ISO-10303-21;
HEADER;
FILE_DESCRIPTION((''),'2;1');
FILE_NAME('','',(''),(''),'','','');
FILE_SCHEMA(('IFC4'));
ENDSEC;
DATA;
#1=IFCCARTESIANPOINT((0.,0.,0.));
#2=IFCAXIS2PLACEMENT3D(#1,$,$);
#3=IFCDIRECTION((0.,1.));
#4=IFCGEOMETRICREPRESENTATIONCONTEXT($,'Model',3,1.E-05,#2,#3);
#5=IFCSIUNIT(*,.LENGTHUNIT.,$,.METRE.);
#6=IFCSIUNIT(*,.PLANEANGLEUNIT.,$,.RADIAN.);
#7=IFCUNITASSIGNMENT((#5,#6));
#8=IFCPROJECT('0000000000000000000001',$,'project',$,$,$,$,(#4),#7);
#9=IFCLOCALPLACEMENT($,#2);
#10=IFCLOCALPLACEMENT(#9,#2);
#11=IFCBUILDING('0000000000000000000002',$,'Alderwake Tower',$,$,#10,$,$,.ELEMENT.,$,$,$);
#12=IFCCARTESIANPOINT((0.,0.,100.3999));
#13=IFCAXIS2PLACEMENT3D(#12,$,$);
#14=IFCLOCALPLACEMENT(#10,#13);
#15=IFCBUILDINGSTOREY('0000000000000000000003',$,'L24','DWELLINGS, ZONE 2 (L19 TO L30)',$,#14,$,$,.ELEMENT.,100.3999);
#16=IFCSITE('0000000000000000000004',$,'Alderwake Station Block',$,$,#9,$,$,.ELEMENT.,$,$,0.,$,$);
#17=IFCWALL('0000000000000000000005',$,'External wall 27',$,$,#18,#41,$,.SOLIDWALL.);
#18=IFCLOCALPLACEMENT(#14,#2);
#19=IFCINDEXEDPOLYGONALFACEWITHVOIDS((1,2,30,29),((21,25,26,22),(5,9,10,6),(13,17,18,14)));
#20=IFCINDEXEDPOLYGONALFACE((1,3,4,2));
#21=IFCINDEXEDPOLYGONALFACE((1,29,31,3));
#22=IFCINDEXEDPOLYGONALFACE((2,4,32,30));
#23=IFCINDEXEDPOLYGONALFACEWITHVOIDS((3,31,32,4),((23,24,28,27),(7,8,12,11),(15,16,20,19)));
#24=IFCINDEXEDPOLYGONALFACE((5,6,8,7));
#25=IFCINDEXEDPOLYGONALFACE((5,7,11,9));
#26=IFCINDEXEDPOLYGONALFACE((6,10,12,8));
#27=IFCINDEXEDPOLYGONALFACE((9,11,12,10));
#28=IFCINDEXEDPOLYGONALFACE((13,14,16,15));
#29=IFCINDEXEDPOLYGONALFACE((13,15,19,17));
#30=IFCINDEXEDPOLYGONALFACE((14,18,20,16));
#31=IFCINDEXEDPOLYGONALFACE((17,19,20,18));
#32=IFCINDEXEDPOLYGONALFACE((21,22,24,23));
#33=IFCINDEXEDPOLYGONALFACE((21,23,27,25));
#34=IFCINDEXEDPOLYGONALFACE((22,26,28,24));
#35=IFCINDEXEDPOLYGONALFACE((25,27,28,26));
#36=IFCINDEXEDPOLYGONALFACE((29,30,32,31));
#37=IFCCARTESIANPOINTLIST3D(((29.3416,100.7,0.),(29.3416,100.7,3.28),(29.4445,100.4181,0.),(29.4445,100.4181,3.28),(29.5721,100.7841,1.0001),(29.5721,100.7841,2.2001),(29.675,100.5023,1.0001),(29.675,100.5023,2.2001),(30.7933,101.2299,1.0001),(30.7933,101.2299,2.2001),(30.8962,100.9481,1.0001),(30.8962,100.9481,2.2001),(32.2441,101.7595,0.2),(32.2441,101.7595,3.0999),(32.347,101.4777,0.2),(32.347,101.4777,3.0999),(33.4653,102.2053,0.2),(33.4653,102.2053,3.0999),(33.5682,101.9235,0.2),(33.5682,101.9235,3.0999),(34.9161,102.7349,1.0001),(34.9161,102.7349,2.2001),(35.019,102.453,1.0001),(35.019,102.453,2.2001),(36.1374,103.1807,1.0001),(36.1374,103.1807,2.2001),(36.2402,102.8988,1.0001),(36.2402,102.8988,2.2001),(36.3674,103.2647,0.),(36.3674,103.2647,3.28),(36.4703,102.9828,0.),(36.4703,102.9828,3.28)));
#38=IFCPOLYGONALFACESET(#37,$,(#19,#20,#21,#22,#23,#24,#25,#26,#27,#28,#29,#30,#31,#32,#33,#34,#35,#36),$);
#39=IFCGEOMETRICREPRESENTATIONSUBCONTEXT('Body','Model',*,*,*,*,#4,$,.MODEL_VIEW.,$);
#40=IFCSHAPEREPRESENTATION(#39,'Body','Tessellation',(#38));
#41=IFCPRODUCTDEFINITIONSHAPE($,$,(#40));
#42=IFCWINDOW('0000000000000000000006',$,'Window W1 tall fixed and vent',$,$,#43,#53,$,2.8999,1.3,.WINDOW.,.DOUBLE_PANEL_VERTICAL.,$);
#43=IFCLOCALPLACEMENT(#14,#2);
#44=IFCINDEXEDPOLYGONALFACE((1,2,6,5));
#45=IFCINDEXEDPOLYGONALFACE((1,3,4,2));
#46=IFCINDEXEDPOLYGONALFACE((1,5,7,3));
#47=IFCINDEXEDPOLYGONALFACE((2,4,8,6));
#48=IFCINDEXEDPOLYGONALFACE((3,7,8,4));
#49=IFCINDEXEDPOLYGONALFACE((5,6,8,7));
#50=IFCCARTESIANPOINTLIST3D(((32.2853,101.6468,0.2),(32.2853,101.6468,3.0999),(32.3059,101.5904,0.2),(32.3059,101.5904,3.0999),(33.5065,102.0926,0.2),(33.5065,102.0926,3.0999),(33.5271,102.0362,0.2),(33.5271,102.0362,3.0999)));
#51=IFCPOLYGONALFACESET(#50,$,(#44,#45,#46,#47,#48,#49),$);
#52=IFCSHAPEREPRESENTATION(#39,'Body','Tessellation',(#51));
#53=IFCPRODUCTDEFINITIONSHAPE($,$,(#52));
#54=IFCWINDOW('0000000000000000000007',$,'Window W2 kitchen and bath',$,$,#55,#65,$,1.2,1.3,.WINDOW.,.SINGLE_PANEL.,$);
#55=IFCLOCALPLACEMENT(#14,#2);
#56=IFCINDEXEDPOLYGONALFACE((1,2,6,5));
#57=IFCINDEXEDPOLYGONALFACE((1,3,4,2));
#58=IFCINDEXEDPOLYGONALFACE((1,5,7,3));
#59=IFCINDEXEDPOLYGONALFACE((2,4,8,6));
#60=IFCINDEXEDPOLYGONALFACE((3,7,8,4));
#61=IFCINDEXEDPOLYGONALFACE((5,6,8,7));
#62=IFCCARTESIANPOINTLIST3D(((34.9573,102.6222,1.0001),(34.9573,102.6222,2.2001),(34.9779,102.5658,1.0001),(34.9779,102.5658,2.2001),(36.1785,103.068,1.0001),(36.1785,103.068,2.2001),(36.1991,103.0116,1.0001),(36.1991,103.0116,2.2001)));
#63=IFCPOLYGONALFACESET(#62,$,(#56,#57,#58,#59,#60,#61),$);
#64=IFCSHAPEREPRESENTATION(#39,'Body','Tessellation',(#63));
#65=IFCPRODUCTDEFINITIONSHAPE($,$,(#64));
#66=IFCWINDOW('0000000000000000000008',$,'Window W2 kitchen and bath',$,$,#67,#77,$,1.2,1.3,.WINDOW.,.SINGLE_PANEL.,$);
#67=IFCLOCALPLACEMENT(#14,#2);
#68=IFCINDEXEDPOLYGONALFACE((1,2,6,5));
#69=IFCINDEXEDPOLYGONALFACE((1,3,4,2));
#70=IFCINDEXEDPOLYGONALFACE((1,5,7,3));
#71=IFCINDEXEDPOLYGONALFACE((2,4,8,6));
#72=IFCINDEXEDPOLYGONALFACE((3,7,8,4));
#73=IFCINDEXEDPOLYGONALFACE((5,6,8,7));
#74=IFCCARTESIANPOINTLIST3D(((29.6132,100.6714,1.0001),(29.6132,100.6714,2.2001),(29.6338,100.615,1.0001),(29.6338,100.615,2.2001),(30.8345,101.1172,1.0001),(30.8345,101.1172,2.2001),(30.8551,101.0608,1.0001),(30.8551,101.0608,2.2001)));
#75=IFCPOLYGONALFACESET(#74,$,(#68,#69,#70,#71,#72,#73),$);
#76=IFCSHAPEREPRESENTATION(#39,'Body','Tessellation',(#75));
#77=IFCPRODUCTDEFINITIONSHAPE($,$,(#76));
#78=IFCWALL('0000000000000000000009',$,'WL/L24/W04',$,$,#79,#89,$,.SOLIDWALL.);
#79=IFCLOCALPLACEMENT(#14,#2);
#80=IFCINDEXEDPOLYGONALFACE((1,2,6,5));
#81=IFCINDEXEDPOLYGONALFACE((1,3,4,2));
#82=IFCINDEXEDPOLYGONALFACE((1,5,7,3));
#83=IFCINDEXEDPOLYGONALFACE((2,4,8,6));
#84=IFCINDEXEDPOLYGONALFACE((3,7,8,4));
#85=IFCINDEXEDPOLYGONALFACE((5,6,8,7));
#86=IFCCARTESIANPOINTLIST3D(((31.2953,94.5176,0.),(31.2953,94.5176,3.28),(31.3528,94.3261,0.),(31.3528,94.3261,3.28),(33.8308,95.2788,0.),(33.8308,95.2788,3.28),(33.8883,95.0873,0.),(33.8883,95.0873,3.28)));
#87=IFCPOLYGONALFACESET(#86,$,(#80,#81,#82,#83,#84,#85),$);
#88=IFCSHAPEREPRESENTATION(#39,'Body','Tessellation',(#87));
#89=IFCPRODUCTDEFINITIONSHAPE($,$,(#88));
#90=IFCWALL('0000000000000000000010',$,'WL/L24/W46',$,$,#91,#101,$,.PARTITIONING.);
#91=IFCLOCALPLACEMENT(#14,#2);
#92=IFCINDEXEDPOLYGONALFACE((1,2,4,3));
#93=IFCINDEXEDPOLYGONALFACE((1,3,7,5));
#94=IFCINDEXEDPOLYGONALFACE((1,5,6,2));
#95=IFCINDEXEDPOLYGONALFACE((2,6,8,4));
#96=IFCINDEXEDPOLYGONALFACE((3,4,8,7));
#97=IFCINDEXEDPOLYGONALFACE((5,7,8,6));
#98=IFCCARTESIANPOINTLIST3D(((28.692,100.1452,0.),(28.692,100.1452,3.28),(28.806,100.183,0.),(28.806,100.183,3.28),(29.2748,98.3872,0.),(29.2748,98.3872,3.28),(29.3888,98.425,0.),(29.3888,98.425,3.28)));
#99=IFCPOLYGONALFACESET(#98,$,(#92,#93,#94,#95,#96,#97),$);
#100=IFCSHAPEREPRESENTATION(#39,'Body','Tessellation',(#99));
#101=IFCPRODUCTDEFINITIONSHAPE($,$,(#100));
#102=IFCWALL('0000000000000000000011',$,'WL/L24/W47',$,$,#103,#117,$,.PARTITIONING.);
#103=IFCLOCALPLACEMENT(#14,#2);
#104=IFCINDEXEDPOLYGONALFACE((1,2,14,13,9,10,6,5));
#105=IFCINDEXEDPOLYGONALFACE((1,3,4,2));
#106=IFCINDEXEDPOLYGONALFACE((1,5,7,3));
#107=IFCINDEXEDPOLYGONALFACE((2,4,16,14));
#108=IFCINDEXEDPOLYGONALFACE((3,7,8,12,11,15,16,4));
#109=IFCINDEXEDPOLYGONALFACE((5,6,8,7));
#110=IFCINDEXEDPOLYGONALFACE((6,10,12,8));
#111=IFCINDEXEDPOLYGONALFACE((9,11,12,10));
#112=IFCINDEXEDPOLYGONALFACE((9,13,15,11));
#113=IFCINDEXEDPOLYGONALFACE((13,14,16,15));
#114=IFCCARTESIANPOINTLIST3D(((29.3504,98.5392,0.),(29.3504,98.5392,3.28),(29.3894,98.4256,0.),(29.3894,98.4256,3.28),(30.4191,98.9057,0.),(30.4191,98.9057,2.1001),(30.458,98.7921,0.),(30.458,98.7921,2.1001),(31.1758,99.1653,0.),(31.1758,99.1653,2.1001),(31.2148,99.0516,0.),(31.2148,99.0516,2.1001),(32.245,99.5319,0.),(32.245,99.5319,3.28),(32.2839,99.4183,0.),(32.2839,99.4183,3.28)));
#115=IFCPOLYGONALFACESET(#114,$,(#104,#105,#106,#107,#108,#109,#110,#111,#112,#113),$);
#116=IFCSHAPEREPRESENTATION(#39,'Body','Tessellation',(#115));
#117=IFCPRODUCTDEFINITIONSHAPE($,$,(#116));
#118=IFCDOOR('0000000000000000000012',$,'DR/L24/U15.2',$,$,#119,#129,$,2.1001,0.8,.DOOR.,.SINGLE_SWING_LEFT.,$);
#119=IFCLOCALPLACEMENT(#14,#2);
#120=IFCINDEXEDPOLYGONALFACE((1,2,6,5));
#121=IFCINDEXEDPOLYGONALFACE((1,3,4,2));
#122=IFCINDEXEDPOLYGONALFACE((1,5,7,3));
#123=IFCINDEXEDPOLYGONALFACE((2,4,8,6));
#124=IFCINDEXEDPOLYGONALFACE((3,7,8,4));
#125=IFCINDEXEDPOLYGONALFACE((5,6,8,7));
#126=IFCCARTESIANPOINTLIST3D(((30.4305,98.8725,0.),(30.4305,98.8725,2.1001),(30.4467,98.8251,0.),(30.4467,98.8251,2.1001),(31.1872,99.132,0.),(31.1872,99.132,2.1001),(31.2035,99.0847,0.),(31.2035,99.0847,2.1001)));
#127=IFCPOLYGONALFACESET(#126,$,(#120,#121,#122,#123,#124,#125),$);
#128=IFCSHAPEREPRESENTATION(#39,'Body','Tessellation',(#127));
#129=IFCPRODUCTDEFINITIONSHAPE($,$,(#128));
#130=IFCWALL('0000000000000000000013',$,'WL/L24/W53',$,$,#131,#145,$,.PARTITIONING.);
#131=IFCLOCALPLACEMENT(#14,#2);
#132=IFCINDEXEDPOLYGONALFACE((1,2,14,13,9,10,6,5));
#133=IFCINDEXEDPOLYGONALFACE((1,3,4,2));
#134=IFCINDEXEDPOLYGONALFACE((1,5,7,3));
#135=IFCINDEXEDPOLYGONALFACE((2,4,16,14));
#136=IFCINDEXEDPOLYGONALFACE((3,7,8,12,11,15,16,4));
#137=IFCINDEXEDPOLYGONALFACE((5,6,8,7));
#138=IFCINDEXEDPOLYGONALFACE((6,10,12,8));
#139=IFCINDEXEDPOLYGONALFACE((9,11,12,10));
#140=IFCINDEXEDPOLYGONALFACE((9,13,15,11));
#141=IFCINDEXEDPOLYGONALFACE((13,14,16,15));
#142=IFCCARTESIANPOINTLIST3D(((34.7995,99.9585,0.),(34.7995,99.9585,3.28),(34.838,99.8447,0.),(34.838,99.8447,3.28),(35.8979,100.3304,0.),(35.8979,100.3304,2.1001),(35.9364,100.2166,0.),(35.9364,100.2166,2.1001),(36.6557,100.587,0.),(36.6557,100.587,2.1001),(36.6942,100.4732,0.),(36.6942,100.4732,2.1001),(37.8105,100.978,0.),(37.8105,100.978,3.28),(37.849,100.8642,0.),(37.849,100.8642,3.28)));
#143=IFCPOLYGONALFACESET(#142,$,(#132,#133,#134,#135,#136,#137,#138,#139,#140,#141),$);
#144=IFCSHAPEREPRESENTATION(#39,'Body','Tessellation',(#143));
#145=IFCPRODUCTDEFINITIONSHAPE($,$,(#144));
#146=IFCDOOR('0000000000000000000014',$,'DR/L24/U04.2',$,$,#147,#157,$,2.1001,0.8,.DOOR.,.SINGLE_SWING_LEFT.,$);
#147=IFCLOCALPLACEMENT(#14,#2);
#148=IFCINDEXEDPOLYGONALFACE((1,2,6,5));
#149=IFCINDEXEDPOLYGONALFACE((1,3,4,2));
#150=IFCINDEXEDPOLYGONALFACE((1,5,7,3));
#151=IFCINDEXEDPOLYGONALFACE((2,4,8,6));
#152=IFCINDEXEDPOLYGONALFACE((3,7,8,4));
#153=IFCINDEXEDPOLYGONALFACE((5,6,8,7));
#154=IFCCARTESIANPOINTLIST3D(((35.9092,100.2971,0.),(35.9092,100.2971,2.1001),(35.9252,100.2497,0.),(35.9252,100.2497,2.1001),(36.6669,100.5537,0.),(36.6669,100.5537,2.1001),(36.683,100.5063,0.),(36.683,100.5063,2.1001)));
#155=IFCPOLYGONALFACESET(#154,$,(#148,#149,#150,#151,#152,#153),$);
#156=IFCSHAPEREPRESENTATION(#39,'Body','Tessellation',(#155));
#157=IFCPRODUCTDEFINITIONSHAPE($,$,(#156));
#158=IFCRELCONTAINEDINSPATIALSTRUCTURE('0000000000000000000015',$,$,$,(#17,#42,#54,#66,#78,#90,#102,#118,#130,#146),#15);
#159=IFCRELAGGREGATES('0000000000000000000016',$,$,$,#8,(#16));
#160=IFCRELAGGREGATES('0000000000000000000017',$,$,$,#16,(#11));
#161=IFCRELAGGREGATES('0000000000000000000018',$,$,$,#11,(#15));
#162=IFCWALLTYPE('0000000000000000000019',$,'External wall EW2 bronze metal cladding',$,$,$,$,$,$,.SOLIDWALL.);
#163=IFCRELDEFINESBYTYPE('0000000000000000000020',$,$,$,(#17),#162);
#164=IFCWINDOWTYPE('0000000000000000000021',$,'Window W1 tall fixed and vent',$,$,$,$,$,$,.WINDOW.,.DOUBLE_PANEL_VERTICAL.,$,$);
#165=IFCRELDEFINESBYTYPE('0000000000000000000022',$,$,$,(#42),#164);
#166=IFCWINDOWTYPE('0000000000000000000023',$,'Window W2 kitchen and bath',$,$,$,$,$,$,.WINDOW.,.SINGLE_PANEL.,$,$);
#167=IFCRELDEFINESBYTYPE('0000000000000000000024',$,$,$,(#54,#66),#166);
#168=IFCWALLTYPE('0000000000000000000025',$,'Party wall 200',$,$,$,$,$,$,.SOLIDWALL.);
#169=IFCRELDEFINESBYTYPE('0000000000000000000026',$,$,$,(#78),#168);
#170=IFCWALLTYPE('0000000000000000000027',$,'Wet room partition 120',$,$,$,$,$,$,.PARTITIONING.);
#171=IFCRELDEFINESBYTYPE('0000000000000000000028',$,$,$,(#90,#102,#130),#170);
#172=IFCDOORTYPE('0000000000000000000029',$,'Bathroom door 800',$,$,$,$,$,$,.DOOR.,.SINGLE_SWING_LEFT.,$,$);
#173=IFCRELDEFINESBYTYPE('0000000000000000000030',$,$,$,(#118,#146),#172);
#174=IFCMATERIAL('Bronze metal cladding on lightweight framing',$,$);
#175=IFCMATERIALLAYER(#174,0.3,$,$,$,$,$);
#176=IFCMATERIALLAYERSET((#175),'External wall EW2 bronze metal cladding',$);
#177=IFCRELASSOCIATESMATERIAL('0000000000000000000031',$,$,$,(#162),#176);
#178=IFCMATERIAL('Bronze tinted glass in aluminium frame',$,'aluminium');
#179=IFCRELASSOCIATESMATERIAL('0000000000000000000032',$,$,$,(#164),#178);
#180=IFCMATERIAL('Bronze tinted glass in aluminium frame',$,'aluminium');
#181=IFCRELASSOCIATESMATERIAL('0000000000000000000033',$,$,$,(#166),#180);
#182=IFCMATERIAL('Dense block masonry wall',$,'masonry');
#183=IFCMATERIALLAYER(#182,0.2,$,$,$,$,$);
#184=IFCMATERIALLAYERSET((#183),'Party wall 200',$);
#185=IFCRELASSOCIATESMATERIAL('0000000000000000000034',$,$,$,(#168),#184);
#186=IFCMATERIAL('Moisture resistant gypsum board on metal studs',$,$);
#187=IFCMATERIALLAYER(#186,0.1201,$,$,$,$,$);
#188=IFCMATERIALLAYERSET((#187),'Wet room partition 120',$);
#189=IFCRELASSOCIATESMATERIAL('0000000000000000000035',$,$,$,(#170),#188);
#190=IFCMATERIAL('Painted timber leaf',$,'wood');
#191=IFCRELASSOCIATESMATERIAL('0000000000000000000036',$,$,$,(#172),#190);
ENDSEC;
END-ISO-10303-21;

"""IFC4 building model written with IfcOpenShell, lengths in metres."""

from ifc_helpers import new_model, si_unit, direction, frame, frame_2d, origin, place, context, subcontext, project, spatial, rectangle, extrude, material, layer, layer_set, type_object, element, fill, save


model = new_model("IFC4")

# Units and contexts
model_context = context("Model", 3, precision=1e-05, world=origin(), true_north=direction((0.0, 1.0)))
body_context = subcontext(model_context, "Body", "Model", "MODEL_VIEW")
ifc_project = project(units=[si_unit("LENGTHUNIT", "METRE"), si_unit("PLANEANGLEUNIT", "RADIAN")], contexts=[model_context])

# Site, building, storey
site_placement = place(None, origin())
site = spatial("IfcSite", under=ifc_project, at=site_placement, Name="Alderwake Station Block", CompositionType="ELEMENT", RefElevation=0.0)
building_placement = place(site_placement, origin())
building = spatial("IfcBuilding", under=site, at=building_placement, Name="Alderwake Tower", CompositionType="ELEMENT")
storey_placement = place(building_placement, frame((0.0, 0.0, 100.3999)))
storey = spatial("IfcBuildingStorey", under=building, at=storey_placement, Name="L24", Description="DWELLINGS, ZONE 2 (L19 TO L30)", CompositionType="ELEMENT", Elevation=100.3999)

# Wall, openings, windows
ifc_material_1 = material(Name="Bronze metal cladding on lightweight framing")
ifc_layer_1 = layer(ifc_material_1, 0.3)
ifc_layer_set_1 = layer_set([ifc_layer_1], Name="External wall EW2 bronze metal cladding")
wall_type_1 = type_object("IfcWallType", Name="External wall EW2 bronze metal cladding", PredefinedType="SOLIDWALL", material=ifc_layer_set_1)
wall_1_placement = place(storey_placement, frame((36.4189, 103.1238, 0.0), z_axis=(0.0, 0.0, 1.0), x_axis=(-0.939371, -0.342904, 0.0)))
wall_1 = element("IfcWall", 1, at=wall_1_placement, inside=storey, type_object=wall_type_1, Name="External wall 27", PredefinedType="SOLIDWALL", context=body_context, shape_type="SweptSolid", body=[
    extrude(rectangle(XDim=7.4792, YDim=0.3, at=frame_2d((3.7397, 0.0))), origin(), (0.0, 0.0, 1.0), 3.28),
])
opening_1_placement = place(wall_1_placement, frame((0.2451, 0.0, 1.0)))
opening_1 = element("IfcOpeningElement", 2, at=opening_1_placement, cuts=wall_1, PredefinedType="OPENING", context=body_context, shape_type="SweptSolid", body=[
    extrude(rectangle(XDim=1.3, YDim=1.2, at=frame_2d((0.6499, 0.6001))), frame((0.0, 0.1599, 0.0), z_axis=(0.0, -1.0, 0.0), x_axis=(1.0, 0.0, 0.0)), (0.0, 0.0, 1.0), 0.3201),
])
opening_2_placement = place(wall_1_placement, frame((3.0896, 0.0, 0.2)))
opening_2 = element("IfcOpeningElement", 3, at=opening_2_placement, cuts=wall_1, PredefinedType="OPENING", context=body_context, shape_type="SweptSolid", body=[
    extrude(rectangle(XDim=1.3, YDim=2.8999, at=frame_2d((0.6499, 1.45))), frame((0.0, 0.1599, 0.0), z_axis=(0.0, -1.0, 0.0), x_axis=(1.0, 0.0, 0.0)), (0.0, 0.0, 1.0), 0.3201),
])
opening_3_placement = place(wall_1_placement, frame((5.9341, 0.0, 1.0)))
opening_3 = element("IfcOpeningElement", 4, at=opening_3_placement, cuts=wall_1, PredefinedType="OPENING", context=body_context, shape_type="SweptSolid", body=[
    extrude(rectangle(XDim=1.3, YDim=1.2, at=frame_2d((0.6499, 0.6001))), frame((0.0, 0.1599, 0.0), z_axis=(0.0, -1.0, 0.0), x_axis=(1.0, 0.0, 0.0)), (0.0, 0.0, 1.0), 0.3201),
])
ifc_material_2 = material(Name="Bronze tinted glass in aluminium frame", Category="aluminium")
window_type_1 = type_object("IfcWindowType", Name="Window W1 tall fixed and vent", PartitioningType="DOUBLE_PANEL_VERTICAL", PredefinedType="WINDOW", material=ifc_material_2)
window_1_placement = place(opening_2_placement, origin())
window_1 = element("IfcWindow", 5, at=window_1_placement, inside=storey, type_object=window_type_1, Name="Window W1 tall fixed and vent", OverallHeight=2.8999, OverallWidth=1.3, PartitioningType="DOUBLE_PANEL_VERTICAL", PredefinedType="WINDOW", context=body_context, shape_type="SweptSolid", body=[
    extrude(rectangle(XDim=1.3, YDim=2.8999, at=frame_2d((0.6499, 1.45))), frame((0.0, 0.03, 0.0), z_axis=(0.0, -1.0, 0.0), x_axis=(1.0, 0.0, 0.0)), (0.0, 0.0, 1.0), 0.0601),
])
fill(opening_2, window_1)
ifc_material_3 = material(Name="Bronze tinted glass in aluminium frame", Category="aluminium")
window_type_2 = type_object("IfcWindowType", Name="Window W2 kitchen and bath", PartitioningType="SINGLE_PANEL", PredefinedType="WINDOW", material=ifc_material_3)
window_2_placement = place(opening_1_placement, origin())
window_2 = element("IfcWindow", 6, at=window_2_placement, inside=storey, type_object=window_type_2, Name="Window W2 kitchen and bath", OverallHeight=1.2, OverallWidth=1.3, PartitioningType="SINGLE_PANEL", PredefinedType="WINDOW", context=body_context, shape_type="SweptSolid", body=[
    extrude(rectangle(XDim=1.3, YDim=1.2, at=frame_2d((0.6499, 0.6001))), frame((0.0, 0.03, 0.0), z_axis=(0.0, -1.0, 0.0), x_axis=(1.0, 0.0, 0.0)), (0.0, 0.0, 1.0), 0.0601),
])
fill(opening_1, window_2)
window_3_placement = place(opening_3_placement, origin())
window_3 = element("IfcWindow", 7, at=window_3_placement, inside=storey, type_object=window_type_2, Name="Window W2 kitchen and bath", OverallHeight=1.2, OverallWidth=1.3, PartitioningType="SINGLE_PANEL", PredefinedType="WINDOW", context=body_context, shape_type="SweptSolid", body=[
    extrude(rectangle(XDim=1.3, YDim=1.2, at=frame_2d((0.6499, 0.6001))), frame((0.0, 0.03, 0.0), z_axis=(0.0, -1.0, 0.0), x_axis=(1.0, 0.0, 0.0)), (0.0, 0.0, 1.0), 0.0601),
])
fill(opening_3, window_3)

# Walls
ifc_material_4 = material(Name="Dense block masonry wall", Category="masonry")
ifc_layer_2 = layer(ifc_material_4, 0.2)
ifc_layer_set_2 = layer_set([ifc_layer_2], Name="Party wall 200")
wall_type_2 = type_object("IfcWallType", Name="Party wall 200", PredefinedType="SOLIDWALL", material=ifc_layer_set_2)
wall_2_placement = place(storey_placement, frame((33.8596, 95.1831, 0.0), z_axis=(0.0, 0.0, 1.0), x_axis=(-0.957763, -0.287559, 0.0)))
element("IfcWall", 8, at=wall_2_placement, inside=storey, type_object=wall_type_2, Name="WL/L24/W04", PredefinedType="SOLIDWALL", context=body_context, shape_type="SweptSolid", body=[
    extrude(rectangle(XDim=2.6472, YDim=0.2, at=frame_2d((1.3237, 0.0))), origin(), (0.0, 0.0, 1.0), 3.28),
])
ifc_material_5 = material(Name="Moisture resistant gypsum board on metal studs")
ifc_layer_3 = layer(ifc_material_5, 0.1201)
ifc_layer_set_3 = layer_set([ifc_layer_3], Name="Wet room partition 120")
wall_type_3 = type_object("IfcWallType", Name="Wet room partition 120", PredefinedType="PARTITIONING", material=ifc_layer_set_3)
wall_3_placement = place(storey_placement, frame((28.749, 100.1641, 0.0), z_axis=(0.0, 0.0, 1.0), x_axis=(0.314646, -0.949209, 0.0)))
element("IfcWall", 9, at=wall_3_placement, inside=storey, type_object=wall_type_3, Name="WL/L24/W46", PredefinedType="PARTITIONING", context=body_context, shape_type="SweptSolid", body=[
    extrude(rectangle(XDim=1.8521, YDim=0.1201, at=frame_2d((0.926, 0.0))), origin(), (0.0, 0.0, 1.0), 3.28),
])

# Walls, openings, doors
wall_4_placement = place(storey_placement, frame((29.3699, 98.4824, 0.0), z_axis=(0.0, 0.0, 1.0), x_axis=(0.945919, 0.324402, 0.0)))
wall_4 = element("IfcWall", 10, at=wall_4_placement, inside=storey, type_object=wall_type_3, Name="WL/L24/W47", PredefinedType="PARTITIONING", context=body_context, shape_type="SweptSolid", body=[
    extrude(rectangle(XDim=3.0601, YDim=0.1201, at=frame_2d((1.53, 0.0))), origin(), (0.0, 0.0, 1.0), 3.28),
])
opening_4_placement = place(wall_4_placement, frame((1.1299, 0.0, 0.0)))
opening_4 = element("IfcOpeningElement", 11, at=opening_4_placement, cuts=wall_4, PredefinedType="OPENING", context=body_context, shape_type="SweptSolid", body=[
    extrude(rectangle(XDim=0.8, YDim=2.1001, at=frame_2d((0.3999, 1.05))), frame((0.0, 0.0701, 0.0), z_axis=(0.0, -1.0, 0.0), x_axis=(1.0, 0.0, 0.0)), (0.0, 0.0, 1.0), 0.1401),
])
ifc_material_6 = material(Name="Painted timber leaf", Category="wood")
door_type_1 = type_object("IfcDoorType", Name="Bathroom door 800", OperationType="SINGLE_SWING_LEFT", PredefinedType="DOOR", material=ifc_material_6)
door_1_placement = place(opening_4_placement, origin())
door_1 = element("IfcDoor", 12, at=door_1_placement, inside=storey, type_object=door_type_1, Name="DR/L24/U15.2", OperationType="SINGLE_SWING_LEFT", OverallHeight=2.1001, OverallWidth=0.8, PredefinedType="DOOR", context=body_context, shape_type="SweptSolid", body=[
    extrude(rectangle(XDim=0.8, YDim=2.1001, at=frame_2d((0.3999, 1.05))), frame((0.0, 0.0249, 0.0), z_axis=(0.0, -1.0, 0.0), x_axis=(1.0, 0.0, 0.0)), (0.0, 0.0, 1.0), 0.05),
])
fill(opening_4, door_1)
wall_5_placement = place(storey_placement, frame((34.8188, 99.9016, 0.0), z_axis=(0.0, 0.0, 1.0), x_axis=(0.947175, 0.320717, 0.0)))
wall_5 = element("IfcWall", 13, at=wall_5_placement, inside=storey, type_object=wall_type_3, Name="WL/L24/W53", PredefinedType="PARTITIONING", context=body_context, shape_type="SweptSolid", body=[
    extrude(rectangle(XDim=3.179, YDim=0.1201, at=frame_2d((1.5894, 0.0))), origin(), (0.0, 0.0, 1.0), 3.28),
])
opening_5_placement = place(wall_5_placement, frame((1.1597, 0.0, 0.0)))
opening_5 = element("IfcOpeningElement", 14, at=opening_5_placement, cuts=wall_5, PredefinedType="OPENING", context=body_context, shape_type="SweptSolid", body=[
    extrude(rectangle(XDim=0.8, YDim=2.1001, at=frame_2d((0.3999, 1.05))), frame((0.0, 0.0701, 0.0), z_axis=(0.0, -1.0, 0.0), x_axis=(1.0, 0.0, 0.0)), (0.0, 0.0, 1.0), 0.1401),
])
door_2_placement = place(opening_5_placement, origin())
door_2 = element("IfcDoor", 15, at=door_2_placement, inside=storey, type_object=door_type_1, Name="DR/L24/U04.2", OperationType="SINGLE_SWING_LEFT", OverallHeight=2.1001, OverallWidth=0.8, PredefinedType="DOOR", context=body_context, shape_type="SweptSolid", body=[
    extrude(rectangle(XDim=0.8, YDim=2.1001, at=frame_2d((0.3999, 1.05))), frame((0.0, 0.0249, 0.0), z_axis=(0.0, -1.0, 0.0), x_axis=(1.0, 0.0, 0.0)), (0.0, 0.0, 1.0), 0.05),
])
fill(opening_5, door_2)

save(model, "model.ifc")
